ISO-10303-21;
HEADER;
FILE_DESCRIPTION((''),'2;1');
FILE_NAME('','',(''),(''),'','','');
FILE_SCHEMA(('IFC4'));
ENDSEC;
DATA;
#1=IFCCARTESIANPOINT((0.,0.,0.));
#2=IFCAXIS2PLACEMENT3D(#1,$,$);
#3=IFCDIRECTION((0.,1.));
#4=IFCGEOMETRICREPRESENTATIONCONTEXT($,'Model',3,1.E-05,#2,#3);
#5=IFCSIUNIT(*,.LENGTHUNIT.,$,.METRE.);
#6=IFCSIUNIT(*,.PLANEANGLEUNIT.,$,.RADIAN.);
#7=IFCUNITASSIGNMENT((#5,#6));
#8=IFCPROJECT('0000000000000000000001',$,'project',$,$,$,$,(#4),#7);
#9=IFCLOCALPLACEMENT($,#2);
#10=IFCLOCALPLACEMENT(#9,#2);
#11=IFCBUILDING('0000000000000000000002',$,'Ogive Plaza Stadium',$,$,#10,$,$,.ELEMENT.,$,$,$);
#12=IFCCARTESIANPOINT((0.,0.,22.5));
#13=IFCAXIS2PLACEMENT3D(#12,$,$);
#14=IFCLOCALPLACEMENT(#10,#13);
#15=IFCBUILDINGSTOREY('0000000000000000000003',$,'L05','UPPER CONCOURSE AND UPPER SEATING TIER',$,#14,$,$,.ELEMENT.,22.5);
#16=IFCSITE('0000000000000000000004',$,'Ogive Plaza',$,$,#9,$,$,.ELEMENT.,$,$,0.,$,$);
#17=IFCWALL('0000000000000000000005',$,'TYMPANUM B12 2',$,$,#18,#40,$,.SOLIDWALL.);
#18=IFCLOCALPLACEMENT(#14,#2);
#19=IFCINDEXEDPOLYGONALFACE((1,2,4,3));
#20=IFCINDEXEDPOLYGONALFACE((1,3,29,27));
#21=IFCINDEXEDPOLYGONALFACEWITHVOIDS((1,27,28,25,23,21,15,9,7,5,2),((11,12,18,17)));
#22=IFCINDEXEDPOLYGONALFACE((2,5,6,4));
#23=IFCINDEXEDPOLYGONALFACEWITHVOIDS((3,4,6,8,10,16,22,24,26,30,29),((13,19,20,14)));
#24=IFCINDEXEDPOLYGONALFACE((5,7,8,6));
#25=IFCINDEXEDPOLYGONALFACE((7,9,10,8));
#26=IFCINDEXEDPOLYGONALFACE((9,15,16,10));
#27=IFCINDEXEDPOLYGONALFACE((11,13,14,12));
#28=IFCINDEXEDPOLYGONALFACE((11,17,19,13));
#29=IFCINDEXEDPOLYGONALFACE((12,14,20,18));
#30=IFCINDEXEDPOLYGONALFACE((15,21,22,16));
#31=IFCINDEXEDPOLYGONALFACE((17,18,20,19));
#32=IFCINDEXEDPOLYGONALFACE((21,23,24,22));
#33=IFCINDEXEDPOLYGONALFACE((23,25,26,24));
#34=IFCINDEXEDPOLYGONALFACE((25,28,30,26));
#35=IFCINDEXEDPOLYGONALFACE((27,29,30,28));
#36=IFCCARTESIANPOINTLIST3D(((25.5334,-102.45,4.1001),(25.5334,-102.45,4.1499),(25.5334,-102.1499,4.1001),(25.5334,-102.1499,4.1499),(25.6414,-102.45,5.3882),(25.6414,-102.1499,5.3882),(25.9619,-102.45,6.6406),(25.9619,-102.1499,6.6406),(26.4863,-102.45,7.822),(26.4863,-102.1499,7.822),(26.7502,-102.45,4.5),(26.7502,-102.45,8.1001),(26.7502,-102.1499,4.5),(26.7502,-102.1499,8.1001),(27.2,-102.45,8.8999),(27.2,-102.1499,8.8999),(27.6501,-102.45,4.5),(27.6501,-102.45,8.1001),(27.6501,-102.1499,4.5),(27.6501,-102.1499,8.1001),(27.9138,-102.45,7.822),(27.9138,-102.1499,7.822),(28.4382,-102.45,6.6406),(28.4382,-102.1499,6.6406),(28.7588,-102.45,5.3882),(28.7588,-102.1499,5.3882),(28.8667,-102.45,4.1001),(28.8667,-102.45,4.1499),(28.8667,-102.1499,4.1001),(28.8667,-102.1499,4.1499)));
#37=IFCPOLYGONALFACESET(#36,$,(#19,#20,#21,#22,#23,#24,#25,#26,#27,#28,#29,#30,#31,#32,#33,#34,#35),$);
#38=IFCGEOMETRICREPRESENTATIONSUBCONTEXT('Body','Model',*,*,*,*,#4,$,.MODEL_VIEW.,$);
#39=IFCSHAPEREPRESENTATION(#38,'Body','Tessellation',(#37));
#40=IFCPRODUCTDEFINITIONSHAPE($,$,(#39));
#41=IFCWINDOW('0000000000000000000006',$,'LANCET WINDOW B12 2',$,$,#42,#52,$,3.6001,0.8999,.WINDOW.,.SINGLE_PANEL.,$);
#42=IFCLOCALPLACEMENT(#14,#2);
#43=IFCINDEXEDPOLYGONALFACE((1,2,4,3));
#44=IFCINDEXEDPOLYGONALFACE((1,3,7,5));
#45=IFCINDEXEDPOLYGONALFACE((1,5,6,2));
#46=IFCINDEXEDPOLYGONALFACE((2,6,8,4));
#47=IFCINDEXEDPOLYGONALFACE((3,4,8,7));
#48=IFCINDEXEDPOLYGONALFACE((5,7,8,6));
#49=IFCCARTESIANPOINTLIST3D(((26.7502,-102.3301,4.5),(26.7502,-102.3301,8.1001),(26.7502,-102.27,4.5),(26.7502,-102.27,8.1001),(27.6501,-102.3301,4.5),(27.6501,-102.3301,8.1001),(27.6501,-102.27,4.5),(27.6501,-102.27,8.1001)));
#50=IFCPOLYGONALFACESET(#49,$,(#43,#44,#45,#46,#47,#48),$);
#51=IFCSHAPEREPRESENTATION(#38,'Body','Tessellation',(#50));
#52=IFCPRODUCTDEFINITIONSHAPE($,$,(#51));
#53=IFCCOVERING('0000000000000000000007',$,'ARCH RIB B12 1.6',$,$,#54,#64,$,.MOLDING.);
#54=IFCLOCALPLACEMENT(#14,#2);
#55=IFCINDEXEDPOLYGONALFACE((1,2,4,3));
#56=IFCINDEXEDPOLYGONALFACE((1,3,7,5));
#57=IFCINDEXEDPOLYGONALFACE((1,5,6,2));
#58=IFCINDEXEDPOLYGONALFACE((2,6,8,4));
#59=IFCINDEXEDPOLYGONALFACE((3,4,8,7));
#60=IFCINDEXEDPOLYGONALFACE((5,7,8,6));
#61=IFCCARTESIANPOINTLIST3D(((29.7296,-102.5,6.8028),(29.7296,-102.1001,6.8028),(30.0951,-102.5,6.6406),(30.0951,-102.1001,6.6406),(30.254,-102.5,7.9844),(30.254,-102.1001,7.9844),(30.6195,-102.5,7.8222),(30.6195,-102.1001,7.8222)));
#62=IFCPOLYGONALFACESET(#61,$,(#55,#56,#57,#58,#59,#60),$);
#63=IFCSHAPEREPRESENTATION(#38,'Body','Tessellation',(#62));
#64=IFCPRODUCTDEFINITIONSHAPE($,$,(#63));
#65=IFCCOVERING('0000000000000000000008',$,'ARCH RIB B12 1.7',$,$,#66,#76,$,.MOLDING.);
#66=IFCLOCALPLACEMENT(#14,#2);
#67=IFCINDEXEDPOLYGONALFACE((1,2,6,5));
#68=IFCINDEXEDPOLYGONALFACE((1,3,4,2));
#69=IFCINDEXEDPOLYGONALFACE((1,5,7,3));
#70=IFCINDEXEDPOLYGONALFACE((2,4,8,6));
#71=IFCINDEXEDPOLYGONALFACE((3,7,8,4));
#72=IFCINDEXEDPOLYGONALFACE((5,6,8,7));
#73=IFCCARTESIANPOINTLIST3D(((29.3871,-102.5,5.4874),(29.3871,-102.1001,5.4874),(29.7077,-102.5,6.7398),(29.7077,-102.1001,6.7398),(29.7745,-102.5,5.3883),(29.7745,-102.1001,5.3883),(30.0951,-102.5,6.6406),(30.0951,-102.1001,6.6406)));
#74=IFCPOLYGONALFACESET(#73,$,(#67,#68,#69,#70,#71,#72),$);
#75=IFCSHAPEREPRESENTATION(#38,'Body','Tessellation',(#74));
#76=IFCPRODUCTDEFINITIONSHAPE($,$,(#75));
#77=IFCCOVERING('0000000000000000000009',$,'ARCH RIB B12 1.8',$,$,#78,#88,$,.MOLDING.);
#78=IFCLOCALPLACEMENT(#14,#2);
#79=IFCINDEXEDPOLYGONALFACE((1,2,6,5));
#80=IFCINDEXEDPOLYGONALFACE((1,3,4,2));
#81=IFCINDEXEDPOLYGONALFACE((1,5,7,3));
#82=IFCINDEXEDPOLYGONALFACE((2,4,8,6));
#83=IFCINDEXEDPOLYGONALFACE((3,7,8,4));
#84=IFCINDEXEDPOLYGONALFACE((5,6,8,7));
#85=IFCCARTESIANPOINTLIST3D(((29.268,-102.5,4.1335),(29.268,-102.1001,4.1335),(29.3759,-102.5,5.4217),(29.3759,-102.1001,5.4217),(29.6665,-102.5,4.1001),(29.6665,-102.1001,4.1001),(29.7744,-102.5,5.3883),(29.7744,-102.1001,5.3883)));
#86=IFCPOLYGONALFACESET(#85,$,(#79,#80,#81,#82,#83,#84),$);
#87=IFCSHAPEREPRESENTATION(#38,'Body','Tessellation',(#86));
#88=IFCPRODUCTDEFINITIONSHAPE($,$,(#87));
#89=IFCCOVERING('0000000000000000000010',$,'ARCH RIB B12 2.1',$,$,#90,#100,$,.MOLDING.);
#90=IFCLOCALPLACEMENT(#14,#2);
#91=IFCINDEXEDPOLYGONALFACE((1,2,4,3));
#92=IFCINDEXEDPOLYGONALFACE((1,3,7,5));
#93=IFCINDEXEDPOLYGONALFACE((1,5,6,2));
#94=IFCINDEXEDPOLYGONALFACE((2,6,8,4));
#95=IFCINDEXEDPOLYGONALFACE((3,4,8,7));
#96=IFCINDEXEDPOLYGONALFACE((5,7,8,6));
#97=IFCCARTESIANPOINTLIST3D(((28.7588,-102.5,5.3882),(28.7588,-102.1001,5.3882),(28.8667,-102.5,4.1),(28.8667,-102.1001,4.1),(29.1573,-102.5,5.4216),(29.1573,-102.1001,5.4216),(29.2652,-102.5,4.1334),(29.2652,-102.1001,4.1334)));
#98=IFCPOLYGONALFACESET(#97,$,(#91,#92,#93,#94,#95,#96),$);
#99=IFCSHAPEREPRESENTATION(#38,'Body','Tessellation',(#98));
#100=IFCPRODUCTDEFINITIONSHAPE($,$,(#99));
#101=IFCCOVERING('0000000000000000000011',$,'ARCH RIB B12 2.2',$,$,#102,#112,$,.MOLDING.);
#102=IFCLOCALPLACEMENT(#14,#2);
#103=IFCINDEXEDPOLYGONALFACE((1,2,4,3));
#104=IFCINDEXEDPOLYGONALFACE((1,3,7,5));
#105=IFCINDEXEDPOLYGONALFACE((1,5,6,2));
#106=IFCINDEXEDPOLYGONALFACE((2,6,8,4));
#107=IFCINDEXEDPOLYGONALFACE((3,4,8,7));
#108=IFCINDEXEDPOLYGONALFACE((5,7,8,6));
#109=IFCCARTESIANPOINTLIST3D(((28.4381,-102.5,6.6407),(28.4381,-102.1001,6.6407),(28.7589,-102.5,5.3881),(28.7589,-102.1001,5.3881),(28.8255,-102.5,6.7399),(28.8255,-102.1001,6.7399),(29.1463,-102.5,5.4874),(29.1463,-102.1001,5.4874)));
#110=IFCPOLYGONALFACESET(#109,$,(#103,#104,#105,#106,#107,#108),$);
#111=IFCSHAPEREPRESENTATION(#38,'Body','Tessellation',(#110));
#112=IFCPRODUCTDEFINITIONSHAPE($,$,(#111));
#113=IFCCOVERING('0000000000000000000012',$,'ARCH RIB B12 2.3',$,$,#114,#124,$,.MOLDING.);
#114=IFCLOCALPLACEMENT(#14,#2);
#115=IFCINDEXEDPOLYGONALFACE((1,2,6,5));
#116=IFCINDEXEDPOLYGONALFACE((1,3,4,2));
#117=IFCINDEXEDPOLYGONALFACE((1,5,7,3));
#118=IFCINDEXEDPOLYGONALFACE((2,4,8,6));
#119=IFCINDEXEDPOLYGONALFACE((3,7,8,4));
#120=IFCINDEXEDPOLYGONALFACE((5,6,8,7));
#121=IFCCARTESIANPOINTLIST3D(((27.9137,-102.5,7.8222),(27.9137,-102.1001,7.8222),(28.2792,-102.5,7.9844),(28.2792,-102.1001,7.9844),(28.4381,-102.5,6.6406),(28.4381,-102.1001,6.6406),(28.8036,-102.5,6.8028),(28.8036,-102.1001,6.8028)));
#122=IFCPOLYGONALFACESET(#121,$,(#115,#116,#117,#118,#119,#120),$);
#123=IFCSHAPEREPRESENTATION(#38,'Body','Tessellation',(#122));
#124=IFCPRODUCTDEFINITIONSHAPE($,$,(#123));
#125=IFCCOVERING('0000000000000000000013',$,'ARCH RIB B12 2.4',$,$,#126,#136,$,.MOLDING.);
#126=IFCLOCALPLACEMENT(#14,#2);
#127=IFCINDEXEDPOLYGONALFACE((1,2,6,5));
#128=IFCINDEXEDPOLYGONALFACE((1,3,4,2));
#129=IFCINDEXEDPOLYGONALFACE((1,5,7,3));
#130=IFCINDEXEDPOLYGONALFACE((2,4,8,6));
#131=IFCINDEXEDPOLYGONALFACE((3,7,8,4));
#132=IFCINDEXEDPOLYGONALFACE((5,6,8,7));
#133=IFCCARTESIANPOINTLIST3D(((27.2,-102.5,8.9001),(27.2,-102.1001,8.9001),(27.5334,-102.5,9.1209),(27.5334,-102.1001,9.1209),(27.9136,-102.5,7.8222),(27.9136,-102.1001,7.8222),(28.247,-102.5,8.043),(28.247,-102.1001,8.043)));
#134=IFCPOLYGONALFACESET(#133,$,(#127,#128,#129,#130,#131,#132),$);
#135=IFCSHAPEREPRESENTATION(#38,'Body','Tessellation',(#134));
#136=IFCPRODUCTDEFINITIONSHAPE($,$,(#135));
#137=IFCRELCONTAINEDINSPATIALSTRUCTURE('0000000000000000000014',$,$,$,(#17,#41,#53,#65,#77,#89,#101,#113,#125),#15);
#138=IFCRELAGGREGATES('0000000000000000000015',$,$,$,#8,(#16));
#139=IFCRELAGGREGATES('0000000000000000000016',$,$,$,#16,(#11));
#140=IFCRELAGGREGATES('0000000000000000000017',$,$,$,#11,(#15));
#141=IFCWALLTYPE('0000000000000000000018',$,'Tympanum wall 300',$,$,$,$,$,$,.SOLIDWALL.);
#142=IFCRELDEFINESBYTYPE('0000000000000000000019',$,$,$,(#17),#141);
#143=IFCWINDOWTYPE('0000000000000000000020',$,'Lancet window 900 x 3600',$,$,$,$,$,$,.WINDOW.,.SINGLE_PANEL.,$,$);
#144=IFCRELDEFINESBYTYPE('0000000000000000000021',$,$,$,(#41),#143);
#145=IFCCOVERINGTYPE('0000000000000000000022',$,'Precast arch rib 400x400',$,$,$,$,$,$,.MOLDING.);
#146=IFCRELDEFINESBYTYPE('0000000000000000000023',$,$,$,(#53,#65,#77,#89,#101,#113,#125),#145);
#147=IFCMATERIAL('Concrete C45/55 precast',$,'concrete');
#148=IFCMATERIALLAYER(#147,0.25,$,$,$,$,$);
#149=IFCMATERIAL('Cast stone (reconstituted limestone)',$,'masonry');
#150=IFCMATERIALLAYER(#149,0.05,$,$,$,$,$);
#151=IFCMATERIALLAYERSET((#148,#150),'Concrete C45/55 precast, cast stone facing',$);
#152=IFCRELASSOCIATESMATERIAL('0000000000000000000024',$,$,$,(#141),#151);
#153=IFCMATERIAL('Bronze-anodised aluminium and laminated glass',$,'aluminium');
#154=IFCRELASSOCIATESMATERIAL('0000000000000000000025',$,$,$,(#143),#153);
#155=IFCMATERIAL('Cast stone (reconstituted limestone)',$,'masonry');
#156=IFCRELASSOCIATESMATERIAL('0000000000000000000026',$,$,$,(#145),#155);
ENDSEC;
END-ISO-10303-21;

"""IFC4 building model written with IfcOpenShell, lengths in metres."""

from ifc_helpers import new_model, si_unit, direction, frame, frame_2d, origin, origin_2d, place, context, subcontext, project, spatial, polyline, rectangle, outline, extrude, material, layer, layer_set, material_profile, profile_set, type_object, element, fill, save


model = new_model("IFC4")

# Units and contexts
model_context = context("Model", 3, precision=1e-05, world=origin(), true_north=direction((0.0, 1.0)))
body_context = subcontext(model_context, "Body", "Model", "MODEL_VIEW")
ifc_project = project(units=[si_unit("LENGTHUNIT", "METRE"), si_unit("PLANEANGLEUNIT", "RADIAN")], contexts=[model_context])

# Site, building, storey
site_placement = place(None, origin())
site = spatial("IfcSite", under=ifc_project, at=site_placement, Name="Ogive Plaza", CompositionType="ELEMENT", RefElevation=0.0)
building_placement = place(site_placement, origin())
building = spatial("IfcBuilding", under=site, at=building_placement, Name="Ogive Plaza Stadium", CompositionType="ELEMENT")
storey_placement = place(building_placement, frame((0.0, 0.0, 22.5)))
storey = spatial("IfcBuildingStorey", under=building, at=storey_placement, Name="L05", Description="UPPER CONCOURSE AND UPPER SEATING TIER", CompositionType="ELEMENT", Elevation=22.5)

# Wall, opening, window
ifc_material_1 = material(Name="Concrete C45/55 precast", Category="concrete")
ifc_layer_1 = layer(ifc_material_1, 0.25)
ifc_material_2 = material(Name="Cast stone (reconstituted limestone)", Category="masonry")
ifc_layer_2 = layer(ifc_material_2, 0.05)
ifc_layer_set_1 = layer_set([ifc_layer_1, ifc_layer_2], Name="Concrete C45/55 precast, cast stone facing")
wall_type = type_object("IfcWallType", Name="Tympanum wall 300", PredefinedType="SOLIDWALL", material=ifc_layer_set_1)
wall_placement = place(storey_placement, frame((28.8667, -102.3, 4.1001), z_axis=(0.0, 0.0, 1.0), x_axis=(-1.0, 0.0, 0.0)))
wall = element("IfcWall", 1, at=wall_placement, inside=storey, type_object=wall_type, Name="TYMPANUM B12 2", PredefinedType="SOLIDWALL", context=body_context, shape_type="SweptSolid", body=[
    extrude(outline(polyline([(0.0, 0.0), (3.3333, 0.0), (3.3333, 0.0498), (3.2253, 1.2881), (2.9048, 2.5405), (2.3804, 3.7219), (1.6667, 4.7998), (0.9529, 3.7219), (0.4285, 2.5405), (0.1079, 1.2881), (0.0, 0.0498), (0.0, 0.0)])), frame((0.0, 0.1499, 0.0), z_axis=(0.0, -1.0, 0.0), x_axis=(1.0, 0.0, 0.0)), (0.0, 0.0, 1.0), 0.3),
])
opening_placement = place(wall_placement, frame((1.2166, 0.0, 0.3999)))
opening = element("IfcOpeningElement", 2, at=opening_placement, cuts=wall, PredefinedType="OPENING", context=body_context, shape_type="SweptSolid", body=[
    extrude(rectangle(XDim=0.8999, YDim=3.6001, at=frame_2d((0.45, 1.8))), frame((0.0, 0.1602, 0.0), z_axis=(0.0, -1.0, 0.0), x_axis=(1.0, 0.0, 0.0)), (0.0, 0.0, 1.0), 0.3201),
])
ifc_material_3 = material(Name="Bronze-anodised aluminium and laminated glass", Category="aluminium")
window_type = type_object("IfcWindowType", Name="Lancet window 900 x 3600", PartitioningType="SINGLE_PANEL", PredefinedType="WINDOW", material=ifc_material_3)
window_placement = place(opening_placement, origin())
window = element("IfcWindow", 3, at=window_placement, inside=storey, type_object=window_type, Name="LANCET WINDOW B12 2", OverallHeight=3.6001, OverallWidth=0.8999, PartitioningType="SINGLE_PANEL", PredefinedType="WINDOW", context=body_context, shape_type="SweptSolid", body=[
    extrude(rectangle(XDim=0.8999, YDim=3.6001, at=frame_2d((0.45, 1.8))), frame((0.0, 0.03, 0.0), z_axis=(0.0, -1.0, 0.0), x_axis=(1.0, 0.0, 0.0)), (0.0, 0.0, 1.0), 0.0601),
])
fill(opening, window)

# Coverings
ifc_material_4 = material(Name="Cast stone (reconstituted limestone)", Category="masonry")
ifc_material_profile_1 = material_profile(ifc_material_4, rectangle(XDim=0.3999, YDim=0.3999, at=origin_2d()), Name="Cast stone 400x400")
ifc_profile_set_1 = profile_set([ifc_material_profile_1], Name="Cast stone (reconstituted limestone)")
covering_type = type_object("IfcCoveringType", Name="Precast arch rib 400x400", PredefinedType="MOLDING", material=ifc_profile_set_1)
for number, where, z_axis, x_axis, name in (
    (4, (30.4368, -102.3, 7.9033), (-0.405648, 0.0, -0.914029), (0.0, -1.0, 0.0), "ARCH RIB B12 1.6"),
    (5, (29.9014, -102.3, 6.6902), (-0.247953, 0.0, -0.968772), (0.0, -1.0, 0.0), "ARCH RIB B12 1.7"),
    (6, (29.5752, -102.3, 5.405), (-0.083467, 0.0, -0.996511), (0.0, -1.0, 0.0), "ARCH RIB B12 1.8"),
    (7, (29.0659, -102.3, 4.1167), (-0.083467, 0.0, 0.996511), (0.0, -1.0, 0.0), "ARCH RIB B12 2.1"),
):
    element("IfcCovering", number, at=place(storey_placement, frame(where, z_axis=z_axis, x_axis=x_axis)), inside=storey, type_object=covering_type, Name=name, PredefinedType="MOLDING", context=body_context, shape_type="SweptSolid", body=[
        extrude(rectangle(XDim=0.3999, YDim=0.3999, at=origin_2d()), origin(), (0.0, 0.0, 1.0), 1.2927),
    ])
covering_placement = place(storey_placement, frame((28.9526, -102.3, 5.4377), z_axis=(-0.24813, 0.0, 0.968727), x_axis=(0.0, -1.0, 0.0)))
element("IfcCovering", 8, at=covering_placement, inside=storey, type_object=covering_type, Name="ARCH RIB B12 2.2", PredefinedType="MOLDING", context=body_context, shape_type="SweptSolid", body=[
    extrude(rectangle(XDim=0.3999, YDim=0.3999, at=origin_2d()), origin(), (0.0, 0.0, 1.0), 1.293),
])
for number, where, z_axis, x_axis, name in (
    (9, (28.6208, -102.3, 6.7217), (-0.405648, 0.0, 0.914029), (0.0, -1.0, 0.0), "ARCH RIB B12 2.3"),
    (10, (28.0803, -102.3, 7.9326), (-0.552039, 0.0, 0.833818), (0.0, -1.0, 0.0), "ARCH RIB B12 2.4"),
):
    element("IfcCovering", number, at=place(storey_placement, frame(where, z_axis=z_axis, x_axis=x_axis)), inside=storey, type_object=covering_type, Name=name, PredefinedType="MOLDING", context=body_context, shape_type="SweptSolid", body=[
        extrude(rectangle(XDim=0.3999, YDim=0.3999, at=origin_2d()), origin(), (0.0, 0.0, 1.0), 1.2927),
    ])

save(model, "model.ifc")
